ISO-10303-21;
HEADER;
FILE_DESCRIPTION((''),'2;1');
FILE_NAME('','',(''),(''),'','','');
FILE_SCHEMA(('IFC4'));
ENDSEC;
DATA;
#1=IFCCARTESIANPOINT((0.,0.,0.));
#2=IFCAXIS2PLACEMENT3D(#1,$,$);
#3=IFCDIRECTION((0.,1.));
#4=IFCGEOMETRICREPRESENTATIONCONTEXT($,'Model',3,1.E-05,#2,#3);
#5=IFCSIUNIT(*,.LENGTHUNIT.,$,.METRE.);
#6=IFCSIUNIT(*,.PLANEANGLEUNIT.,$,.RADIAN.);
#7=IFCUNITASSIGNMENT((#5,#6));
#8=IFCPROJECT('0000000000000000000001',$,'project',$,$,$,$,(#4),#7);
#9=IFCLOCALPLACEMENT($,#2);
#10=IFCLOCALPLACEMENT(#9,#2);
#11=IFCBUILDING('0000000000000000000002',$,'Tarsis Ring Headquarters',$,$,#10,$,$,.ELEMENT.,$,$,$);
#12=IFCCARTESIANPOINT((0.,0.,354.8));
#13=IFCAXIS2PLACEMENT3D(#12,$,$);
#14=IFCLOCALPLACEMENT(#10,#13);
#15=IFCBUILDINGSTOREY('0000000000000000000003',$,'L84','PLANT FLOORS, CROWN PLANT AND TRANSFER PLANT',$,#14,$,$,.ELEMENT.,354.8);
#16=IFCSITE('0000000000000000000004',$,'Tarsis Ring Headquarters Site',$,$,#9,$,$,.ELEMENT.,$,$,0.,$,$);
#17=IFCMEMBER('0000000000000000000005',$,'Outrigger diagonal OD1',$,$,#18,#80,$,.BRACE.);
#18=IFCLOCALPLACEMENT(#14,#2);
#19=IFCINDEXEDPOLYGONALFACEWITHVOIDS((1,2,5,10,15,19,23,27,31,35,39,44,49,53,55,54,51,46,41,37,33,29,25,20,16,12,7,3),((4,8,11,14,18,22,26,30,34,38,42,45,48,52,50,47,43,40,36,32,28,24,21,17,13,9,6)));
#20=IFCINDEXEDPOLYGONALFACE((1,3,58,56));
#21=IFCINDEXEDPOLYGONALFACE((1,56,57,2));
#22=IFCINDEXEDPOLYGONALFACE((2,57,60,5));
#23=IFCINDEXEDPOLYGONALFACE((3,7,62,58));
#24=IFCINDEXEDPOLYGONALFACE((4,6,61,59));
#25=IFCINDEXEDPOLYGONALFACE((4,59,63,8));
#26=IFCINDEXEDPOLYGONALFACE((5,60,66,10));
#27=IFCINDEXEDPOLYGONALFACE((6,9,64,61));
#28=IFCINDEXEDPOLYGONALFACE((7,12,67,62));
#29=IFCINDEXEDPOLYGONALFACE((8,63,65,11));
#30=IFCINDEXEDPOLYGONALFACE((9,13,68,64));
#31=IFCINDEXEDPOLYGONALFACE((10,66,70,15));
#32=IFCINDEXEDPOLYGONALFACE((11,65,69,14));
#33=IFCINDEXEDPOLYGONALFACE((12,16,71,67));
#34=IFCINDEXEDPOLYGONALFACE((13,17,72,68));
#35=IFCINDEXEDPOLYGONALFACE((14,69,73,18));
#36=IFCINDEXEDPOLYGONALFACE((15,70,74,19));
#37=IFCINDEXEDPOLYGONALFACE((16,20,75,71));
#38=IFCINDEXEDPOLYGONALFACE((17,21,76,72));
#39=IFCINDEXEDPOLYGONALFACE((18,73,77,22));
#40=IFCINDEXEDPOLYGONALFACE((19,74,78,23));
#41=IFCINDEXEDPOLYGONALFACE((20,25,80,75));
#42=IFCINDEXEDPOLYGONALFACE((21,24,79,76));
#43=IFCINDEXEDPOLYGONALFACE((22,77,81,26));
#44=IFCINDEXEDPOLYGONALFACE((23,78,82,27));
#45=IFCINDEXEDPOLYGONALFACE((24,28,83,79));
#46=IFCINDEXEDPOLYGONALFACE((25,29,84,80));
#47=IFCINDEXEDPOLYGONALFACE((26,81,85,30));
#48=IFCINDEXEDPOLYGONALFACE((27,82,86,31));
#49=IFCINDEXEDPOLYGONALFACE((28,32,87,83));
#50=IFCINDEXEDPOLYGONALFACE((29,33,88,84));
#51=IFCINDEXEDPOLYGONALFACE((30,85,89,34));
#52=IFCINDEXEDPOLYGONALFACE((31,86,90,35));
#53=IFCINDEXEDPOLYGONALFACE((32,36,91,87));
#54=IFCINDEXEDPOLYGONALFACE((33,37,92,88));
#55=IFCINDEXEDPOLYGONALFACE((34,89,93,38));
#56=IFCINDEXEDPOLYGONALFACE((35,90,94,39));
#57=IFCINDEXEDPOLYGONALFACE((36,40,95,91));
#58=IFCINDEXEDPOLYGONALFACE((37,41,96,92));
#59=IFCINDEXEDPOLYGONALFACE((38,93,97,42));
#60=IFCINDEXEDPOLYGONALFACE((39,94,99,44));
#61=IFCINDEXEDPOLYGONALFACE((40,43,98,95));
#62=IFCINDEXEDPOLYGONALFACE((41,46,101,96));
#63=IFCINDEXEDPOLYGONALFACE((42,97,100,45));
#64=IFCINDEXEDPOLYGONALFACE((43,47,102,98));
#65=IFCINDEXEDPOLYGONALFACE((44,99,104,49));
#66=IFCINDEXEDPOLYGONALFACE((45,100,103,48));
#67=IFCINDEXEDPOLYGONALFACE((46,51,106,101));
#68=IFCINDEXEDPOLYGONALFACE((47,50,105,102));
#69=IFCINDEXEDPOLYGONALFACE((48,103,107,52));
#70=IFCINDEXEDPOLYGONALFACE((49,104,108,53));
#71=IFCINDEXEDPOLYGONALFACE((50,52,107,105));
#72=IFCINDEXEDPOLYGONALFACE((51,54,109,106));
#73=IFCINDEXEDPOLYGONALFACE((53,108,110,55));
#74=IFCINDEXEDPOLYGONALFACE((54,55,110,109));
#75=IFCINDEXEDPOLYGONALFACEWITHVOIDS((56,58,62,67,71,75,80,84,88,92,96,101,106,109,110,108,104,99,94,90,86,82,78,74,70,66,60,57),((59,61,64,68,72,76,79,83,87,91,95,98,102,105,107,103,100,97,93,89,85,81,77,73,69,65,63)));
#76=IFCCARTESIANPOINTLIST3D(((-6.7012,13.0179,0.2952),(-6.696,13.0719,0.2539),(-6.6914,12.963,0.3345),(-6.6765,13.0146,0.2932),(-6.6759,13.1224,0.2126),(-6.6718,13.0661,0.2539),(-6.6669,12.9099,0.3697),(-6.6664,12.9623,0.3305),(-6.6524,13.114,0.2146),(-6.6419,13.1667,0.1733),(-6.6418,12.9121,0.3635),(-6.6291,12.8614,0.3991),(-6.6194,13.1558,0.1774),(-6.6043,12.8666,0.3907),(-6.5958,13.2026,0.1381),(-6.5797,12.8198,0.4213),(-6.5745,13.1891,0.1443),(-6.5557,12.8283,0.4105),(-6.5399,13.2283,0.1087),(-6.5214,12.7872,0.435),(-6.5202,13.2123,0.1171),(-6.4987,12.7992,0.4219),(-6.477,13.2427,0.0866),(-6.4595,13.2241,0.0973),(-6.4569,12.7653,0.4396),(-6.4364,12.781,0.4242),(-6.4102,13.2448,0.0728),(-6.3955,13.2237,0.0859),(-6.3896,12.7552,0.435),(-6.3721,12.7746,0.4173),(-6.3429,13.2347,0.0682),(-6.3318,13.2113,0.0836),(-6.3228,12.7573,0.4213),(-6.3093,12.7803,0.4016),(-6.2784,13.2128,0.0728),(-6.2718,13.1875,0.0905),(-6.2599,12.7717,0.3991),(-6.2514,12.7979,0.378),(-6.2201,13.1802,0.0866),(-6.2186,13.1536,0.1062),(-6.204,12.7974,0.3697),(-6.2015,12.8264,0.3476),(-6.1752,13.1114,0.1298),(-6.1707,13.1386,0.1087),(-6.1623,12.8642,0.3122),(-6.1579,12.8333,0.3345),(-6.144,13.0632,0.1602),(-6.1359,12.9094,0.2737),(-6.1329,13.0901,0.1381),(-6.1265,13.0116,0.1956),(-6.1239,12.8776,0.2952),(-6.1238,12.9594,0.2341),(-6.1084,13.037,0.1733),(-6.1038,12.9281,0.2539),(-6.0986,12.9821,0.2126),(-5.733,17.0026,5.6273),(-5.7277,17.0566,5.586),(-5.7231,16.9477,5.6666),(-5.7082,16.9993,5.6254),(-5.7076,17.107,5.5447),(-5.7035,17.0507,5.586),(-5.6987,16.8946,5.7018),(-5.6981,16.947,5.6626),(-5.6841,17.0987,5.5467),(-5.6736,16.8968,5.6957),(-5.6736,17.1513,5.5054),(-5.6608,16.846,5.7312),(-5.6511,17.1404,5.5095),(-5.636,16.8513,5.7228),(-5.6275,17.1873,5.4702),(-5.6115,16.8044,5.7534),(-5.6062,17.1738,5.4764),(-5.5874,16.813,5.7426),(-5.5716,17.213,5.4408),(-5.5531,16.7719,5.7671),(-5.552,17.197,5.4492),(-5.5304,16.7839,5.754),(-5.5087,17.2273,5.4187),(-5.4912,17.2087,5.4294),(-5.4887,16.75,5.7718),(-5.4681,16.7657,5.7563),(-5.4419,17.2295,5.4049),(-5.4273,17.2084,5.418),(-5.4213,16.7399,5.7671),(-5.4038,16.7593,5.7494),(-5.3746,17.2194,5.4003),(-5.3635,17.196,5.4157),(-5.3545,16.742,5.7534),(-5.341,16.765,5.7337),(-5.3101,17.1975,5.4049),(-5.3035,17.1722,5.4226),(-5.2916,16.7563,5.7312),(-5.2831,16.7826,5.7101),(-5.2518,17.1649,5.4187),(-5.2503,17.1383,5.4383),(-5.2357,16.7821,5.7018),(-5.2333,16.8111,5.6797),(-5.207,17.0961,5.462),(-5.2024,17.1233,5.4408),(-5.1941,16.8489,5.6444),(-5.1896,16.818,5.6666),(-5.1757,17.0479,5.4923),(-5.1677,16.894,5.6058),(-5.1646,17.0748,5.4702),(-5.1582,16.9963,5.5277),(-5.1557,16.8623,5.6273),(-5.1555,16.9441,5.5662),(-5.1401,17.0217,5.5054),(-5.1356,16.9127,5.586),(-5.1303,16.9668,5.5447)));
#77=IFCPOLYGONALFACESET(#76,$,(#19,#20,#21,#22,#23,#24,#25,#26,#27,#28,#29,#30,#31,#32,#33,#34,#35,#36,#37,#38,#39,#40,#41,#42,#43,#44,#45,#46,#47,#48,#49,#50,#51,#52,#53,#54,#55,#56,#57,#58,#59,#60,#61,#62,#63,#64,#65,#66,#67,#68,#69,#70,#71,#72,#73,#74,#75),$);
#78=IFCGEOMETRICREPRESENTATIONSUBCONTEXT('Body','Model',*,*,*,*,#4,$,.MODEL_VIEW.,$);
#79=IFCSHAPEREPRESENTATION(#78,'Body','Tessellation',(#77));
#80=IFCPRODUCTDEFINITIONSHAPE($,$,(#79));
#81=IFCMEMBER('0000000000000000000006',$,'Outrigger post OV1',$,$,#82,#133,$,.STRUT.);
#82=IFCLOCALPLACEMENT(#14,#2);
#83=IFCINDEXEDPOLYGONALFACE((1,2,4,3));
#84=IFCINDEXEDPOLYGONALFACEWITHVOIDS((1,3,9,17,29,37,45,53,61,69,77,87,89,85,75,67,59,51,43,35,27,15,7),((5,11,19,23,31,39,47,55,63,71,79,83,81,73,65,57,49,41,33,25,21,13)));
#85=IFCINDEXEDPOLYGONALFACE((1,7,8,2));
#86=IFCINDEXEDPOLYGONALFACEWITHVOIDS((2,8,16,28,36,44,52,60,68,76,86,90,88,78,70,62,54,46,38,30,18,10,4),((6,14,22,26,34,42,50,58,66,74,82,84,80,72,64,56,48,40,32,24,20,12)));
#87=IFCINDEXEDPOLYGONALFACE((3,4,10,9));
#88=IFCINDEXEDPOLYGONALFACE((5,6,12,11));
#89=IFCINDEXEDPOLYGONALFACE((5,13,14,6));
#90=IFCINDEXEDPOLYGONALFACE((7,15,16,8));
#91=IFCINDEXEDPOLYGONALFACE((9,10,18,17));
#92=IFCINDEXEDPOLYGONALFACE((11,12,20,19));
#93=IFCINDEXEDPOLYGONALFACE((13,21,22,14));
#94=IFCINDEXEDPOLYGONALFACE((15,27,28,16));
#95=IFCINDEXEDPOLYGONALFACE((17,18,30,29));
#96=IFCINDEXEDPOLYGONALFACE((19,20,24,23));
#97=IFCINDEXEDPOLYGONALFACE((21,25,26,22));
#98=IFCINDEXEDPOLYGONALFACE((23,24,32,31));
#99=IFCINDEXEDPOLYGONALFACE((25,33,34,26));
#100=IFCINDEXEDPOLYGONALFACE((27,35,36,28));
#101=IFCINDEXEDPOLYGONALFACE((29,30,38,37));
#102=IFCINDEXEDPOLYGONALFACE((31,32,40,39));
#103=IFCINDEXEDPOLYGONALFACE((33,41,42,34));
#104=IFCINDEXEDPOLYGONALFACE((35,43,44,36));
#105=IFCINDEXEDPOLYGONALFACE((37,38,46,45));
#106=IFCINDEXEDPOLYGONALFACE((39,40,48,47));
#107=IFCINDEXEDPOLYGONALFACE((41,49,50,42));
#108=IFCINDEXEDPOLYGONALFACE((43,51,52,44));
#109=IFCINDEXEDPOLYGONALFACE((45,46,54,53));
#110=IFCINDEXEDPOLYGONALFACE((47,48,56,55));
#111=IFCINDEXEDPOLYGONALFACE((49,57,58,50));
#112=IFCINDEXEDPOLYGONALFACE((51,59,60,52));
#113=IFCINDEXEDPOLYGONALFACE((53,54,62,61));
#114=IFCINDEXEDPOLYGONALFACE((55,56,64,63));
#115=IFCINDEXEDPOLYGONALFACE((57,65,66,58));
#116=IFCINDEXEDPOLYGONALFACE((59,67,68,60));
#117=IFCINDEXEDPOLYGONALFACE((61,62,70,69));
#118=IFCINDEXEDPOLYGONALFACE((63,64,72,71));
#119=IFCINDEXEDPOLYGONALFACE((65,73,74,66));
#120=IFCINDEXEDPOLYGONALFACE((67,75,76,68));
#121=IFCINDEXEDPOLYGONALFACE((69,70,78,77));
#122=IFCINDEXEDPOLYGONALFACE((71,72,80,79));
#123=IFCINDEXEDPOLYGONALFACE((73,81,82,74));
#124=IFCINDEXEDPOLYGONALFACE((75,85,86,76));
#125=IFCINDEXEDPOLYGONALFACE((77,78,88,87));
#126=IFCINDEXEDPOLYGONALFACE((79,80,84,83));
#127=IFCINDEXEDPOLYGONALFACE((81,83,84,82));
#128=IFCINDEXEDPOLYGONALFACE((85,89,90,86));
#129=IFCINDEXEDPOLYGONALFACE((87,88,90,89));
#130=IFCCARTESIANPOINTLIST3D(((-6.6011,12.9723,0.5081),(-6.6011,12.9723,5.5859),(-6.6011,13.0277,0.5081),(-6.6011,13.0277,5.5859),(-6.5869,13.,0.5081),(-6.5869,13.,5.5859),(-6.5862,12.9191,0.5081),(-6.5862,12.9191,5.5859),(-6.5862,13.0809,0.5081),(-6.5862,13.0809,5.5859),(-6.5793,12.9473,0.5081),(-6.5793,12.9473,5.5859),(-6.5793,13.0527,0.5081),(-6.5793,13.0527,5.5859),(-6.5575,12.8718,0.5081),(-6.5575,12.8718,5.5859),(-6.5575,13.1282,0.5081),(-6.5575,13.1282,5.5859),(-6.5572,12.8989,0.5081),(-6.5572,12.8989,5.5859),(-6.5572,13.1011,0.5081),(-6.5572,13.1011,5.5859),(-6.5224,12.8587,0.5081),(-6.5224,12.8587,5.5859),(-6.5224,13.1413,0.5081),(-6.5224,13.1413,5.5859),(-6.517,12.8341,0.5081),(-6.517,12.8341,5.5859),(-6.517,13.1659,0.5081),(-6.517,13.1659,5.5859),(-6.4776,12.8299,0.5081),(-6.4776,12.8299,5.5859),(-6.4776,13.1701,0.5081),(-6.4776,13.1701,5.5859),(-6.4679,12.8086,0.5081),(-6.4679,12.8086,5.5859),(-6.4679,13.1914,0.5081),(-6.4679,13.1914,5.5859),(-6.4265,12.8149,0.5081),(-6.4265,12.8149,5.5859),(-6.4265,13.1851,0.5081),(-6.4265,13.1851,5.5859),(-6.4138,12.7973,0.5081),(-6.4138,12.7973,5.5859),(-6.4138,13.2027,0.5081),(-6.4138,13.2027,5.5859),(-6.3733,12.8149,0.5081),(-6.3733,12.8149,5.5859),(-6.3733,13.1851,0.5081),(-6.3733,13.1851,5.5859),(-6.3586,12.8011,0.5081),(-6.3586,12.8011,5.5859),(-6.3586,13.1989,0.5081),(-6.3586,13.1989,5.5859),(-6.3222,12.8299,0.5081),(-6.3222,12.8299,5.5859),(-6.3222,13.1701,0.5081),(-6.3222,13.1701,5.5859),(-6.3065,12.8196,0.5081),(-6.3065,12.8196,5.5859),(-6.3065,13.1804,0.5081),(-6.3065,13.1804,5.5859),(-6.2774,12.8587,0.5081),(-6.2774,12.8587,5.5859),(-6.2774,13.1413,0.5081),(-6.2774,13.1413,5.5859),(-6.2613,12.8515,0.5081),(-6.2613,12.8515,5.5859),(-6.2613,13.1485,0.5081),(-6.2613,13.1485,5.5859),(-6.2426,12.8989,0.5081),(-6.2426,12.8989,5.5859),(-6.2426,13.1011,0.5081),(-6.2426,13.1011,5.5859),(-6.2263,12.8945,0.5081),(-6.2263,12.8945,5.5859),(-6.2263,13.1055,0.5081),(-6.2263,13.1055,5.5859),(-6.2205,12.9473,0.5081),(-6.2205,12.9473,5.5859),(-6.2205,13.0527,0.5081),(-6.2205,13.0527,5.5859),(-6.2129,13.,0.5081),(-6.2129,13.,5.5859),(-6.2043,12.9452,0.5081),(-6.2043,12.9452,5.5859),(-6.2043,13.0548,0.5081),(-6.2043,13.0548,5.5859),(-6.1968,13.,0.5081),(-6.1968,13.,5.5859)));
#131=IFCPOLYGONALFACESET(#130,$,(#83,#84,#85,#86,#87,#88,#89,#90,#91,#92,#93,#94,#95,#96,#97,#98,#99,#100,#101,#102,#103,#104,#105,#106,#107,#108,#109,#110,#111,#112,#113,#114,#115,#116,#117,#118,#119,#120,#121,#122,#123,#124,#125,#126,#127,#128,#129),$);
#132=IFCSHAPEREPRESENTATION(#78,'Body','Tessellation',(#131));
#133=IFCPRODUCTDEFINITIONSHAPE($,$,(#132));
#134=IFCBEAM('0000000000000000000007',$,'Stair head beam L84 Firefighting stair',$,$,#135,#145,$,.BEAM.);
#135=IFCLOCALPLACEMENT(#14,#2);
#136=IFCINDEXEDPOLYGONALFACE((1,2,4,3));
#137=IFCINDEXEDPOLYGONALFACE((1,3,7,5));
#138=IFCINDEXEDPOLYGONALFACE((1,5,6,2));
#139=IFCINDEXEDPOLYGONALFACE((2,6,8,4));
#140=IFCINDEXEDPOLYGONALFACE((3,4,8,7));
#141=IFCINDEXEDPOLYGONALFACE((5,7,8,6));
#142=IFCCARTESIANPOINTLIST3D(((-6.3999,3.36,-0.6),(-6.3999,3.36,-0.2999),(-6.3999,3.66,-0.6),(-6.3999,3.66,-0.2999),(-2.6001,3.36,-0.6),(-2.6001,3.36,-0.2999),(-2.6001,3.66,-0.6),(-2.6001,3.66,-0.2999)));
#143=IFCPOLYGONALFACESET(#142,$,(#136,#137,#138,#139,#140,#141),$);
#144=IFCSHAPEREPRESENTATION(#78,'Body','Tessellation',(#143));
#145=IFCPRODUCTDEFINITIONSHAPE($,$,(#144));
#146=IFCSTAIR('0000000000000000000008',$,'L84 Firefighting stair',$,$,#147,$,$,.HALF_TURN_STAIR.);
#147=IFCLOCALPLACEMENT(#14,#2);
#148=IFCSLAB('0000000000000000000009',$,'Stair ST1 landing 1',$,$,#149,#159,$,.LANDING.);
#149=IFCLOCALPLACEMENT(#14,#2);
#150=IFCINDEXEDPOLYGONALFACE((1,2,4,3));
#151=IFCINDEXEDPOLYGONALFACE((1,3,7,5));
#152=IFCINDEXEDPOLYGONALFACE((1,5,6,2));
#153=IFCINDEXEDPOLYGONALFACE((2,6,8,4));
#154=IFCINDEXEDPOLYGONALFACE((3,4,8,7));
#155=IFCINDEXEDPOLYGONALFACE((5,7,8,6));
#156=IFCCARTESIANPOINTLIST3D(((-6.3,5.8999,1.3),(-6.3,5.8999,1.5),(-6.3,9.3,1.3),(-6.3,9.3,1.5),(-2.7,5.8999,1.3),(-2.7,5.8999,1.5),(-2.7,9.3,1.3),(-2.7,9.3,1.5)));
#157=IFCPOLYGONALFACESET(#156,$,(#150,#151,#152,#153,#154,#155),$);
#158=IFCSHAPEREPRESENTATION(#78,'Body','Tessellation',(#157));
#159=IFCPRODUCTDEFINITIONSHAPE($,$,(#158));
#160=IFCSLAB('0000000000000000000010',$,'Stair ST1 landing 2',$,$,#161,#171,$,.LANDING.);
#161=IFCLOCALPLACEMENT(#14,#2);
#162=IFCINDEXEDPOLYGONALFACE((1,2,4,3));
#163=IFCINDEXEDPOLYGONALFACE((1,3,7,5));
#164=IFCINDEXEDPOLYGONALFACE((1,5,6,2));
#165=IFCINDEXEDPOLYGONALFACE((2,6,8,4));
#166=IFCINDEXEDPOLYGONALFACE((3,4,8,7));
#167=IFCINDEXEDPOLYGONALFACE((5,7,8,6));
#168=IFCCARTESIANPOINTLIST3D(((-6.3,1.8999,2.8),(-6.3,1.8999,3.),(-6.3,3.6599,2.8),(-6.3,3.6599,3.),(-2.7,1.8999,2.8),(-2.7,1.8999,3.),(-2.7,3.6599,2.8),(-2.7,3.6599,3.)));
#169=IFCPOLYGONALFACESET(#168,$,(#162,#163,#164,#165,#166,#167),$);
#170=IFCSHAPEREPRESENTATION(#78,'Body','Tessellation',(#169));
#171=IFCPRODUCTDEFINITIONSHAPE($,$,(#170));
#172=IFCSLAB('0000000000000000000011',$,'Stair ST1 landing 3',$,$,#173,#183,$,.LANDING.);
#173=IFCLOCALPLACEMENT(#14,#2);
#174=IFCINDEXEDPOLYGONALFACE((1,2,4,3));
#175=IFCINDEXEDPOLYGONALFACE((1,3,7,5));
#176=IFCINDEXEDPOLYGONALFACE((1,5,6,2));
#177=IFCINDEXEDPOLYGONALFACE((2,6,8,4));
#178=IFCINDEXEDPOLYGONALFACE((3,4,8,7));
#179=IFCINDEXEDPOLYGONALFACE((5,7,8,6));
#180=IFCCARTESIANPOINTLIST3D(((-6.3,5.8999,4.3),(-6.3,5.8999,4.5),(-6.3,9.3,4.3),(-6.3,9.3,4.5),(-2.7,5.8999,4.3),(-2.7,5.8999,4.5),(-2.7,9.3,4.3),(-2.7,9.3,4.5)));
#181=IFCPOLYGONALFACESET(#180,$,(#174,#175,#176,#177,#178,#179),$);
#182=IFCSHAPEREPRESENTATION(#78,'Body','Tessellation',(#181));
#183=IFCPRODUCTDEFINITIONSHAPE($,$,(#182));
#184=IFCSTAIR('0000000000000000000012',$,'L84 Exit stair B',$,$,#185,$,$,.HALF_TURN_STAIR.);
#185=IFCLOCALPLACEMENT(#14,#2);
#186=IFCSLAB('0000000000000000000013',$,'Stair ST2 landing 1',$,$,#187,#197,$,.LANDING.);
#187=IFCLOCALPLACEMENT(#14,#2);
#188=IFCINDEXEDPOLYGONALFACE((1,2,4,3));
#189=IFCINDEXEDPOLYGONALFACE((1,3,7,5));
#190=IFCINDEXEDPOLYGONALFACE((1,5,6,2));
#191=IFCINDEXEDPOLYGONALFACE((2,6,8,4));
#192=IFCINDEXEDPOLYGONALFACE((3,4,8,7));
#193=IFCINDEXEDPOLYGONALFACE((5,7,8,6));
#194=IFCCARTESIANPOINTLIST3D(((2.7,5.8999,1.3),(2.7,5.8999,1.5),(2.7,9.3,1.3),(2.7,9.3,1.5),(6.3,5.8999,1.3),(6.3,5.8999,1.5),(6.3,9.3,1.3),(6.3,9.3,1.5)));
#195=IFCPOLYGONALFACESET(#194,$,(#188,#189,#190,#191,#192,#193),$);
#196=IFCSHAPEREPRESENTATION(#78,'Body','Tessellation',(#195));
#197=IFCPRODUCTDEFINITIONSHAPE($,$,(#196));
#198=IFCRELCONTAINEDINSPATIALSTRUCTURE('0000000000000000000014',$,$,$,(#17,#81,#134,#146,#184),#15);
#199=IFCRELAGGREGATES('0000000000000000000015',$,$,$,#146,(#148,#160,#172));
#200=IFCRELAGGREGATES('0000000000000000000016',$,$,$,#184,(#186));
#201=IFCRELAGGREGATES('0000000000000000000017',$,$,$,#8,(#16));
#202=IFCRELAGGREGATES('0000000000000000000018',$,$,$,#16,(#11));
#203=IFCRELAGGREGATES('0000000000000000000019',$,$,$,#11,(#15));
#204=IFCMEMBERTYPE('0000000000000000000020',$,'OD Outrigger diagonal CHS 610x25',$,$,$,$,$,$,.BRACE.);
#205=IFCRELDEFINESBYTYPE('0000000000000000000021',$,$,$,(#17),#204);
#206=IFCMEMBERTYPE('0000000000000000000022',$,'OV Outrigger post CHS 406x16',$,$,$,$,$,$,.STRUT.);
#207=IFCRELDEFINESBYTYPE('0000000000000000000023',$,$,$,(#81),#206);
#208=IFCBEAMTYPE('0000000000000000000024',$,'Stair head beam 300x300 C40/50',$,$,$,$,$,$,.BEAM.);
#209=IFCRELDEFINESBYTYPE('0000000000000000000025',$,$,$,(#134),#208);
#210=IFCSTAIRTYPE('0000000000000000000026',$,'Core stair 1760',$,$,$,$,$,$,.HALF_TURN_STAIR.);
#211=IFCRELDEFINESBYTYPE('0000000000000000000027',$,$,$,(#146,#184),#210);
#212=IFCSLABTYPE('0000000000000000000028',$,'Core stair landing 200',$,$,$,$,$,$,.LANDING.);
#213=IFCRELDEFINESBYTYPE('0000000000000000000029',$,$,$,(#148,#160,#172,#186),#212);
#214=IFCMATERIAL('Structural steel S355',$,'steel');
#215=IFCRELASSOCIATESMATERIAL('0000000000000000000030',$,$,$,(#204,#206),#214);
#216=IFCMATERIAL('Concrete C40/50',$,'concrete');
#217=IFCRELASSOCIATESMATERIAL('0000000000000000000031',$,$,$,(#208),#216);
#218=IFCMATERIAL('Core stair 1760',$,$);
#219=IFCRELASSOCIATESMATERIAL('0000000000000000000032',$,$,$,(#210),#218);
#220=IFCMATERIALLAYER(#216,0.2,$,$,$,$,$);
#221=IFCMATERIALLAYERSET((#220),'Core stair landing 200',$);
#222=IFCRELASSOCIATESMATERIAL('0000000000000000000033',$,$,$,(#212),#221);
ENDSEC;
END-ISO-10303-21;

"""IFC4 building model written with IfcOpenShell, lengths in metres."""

from ifc_helpers import new_model, si_unit, direction, frame, origin, origin_2d, place, context, subcontext, project, spatial, polyline, rectangle, hollow_circle, outline, extrude, material, layer, layer_set, material_profile, profile_set, type_object, element, aggregate, save


model = new_model("IFC4")

# Units and contexts
model_context = context("Model", 3, precision=1e-05, world=origin(), true_north=direction((0.0, 1.0)))
body_context = subcontext(model_context, "Body", "Model", "MODEL_VIEW")
ifc_project = project(units=[si_unit("LENGTHUNIT", "METRE"), si_unit("PLANEANGLEUNIT", "RADIAN")], contexts=[model_context])

# Site, building, storey
site_placement = place(None, origin())
site = spatial("IfcSite", under=ifc_project, at=site_placement, Name="Tarsis Ring Headquarters Site", CompositionType="ELEMENT", RefElevation=0.0)
building_placement = place(site_placement, origin())
building = spatial("IfcBuilding", under=site, at=building_placement, Name="Tarsis Ring Headquarters", CompositionType="ELEMENT")
storey_placement = place(building_placement, frame((0.0, 0.0, 354.8)))
storey = spatial("IfcBuildingStorey", under=building, at=storey_placement, Name="L84", Description="PLANT FLOORS, CROWN PLANT AND TRANSFER PLANT", CompositionType="ELEMENT", Elevation=354.8)

# Members
ifc_material_1 = material(Name="Structural steel S355", Category="steel")
ifc_material_profile_1 = material_profile(ifc_material_1, hollow_circle(Radius=0.3047, WallThickness=0.0249, at=origin_2d()), Name="CHS 610x25")
ifc_profile_set_1 = profile_set([ifc_material_profile_1], Name="Structural steel S355")
member_type_1 = type_object("IfcMemberType", Name="OD Outrigger diagonal CHS 610x25", PredefinedType="BRACE", material=ifc_profile_set_1)
member_1_placement = place(storey_placement, frame((-6.3999, 13.0, 0.2539), z_axis=(0.143948, 0.59238, 0.792695), x_axis=(-0.971722, 0.236128, 0.0)))
element("IfcMember", 1, at=member_1_placement, inside=storey, type_object=member_type_1, Name="Outrigger diagonal OD1", PredefinedType="BRACE", context=body_context, shape_type="SweptSolid", body=[
    extrude(hollow_circle(Radius=0.3047, WallThickness=0.0249, at=origin_2d()), origin(), (0.0, 0.0, 1.0), 6.7266),
])
ifc_material_profile_2 = material_profile(ifc_material_1, hollow_circle(Radius=0.2031, WallThickness=0.0161, at=origin_2d()), Name="CHS 406x16")
ifc_profile_set_2 = profile_set([ifc_material_profile_2], Name="Structural steel S355")
member_type_2 = type_object("IfcMemberType", Name="OV Outrigger post CHS 406x16", PredefinedType="STRUT", material=ifc_profile_set_2)
member_2_placement = place(storey_placement, frame((-6.3999, 13.0, 0.5081), z_axis=(0.0, 0.0, 1.0), x_axis=(1.0, 0.0, 0.0)))
element("IfcMember", 2, at=member_2_placement, inside=storey, type_object=member_type_2, Name="Outrigger post OV1", PredefinedType="STRUT", context=body_context, shape_type="SweptSolid", body=[
    extrude(hollow_circle(Radius=0.2031, WallThickness=0.0161, at=origin_2d()), origin(), (0.0, 0.0, 1.0), 5.0779),
])

# Beam
ifc_material_2 = material(Name="Concrete C40/50", Category="concrete")
ifc_material_profile_3 = material_profile(ifc_material_2, rectangle(XDim=0.3, YDim=0.3, at=origin_2d()), Name="Stair head beam 300x300 C40/50")
ifc_profile_set_3 = profile_set([ifc_material_profile_3], Name="Concrete C40/50")
beam_type = type_object("IfcBeamType", Name="Stair head beam 300x300 C40/50", PredefinedType="BEAM", material=ifc_profile_set_3)
beam_placement = place(storey_placement, frame((-6.3999, 3.51, -0.45), z_axis=(1.0, 0.0, 0.0), x_axis=(0.0, 1.0, 0.0)))
element("IfcBeam", 3, at=beam_placement, inside=storey, type_object=beam_type, Name="Stair head beam L84 Firefighting stair", PredefinedType="BEAM", context=body_context, shape_type="SweptSolid", body=[
    extrude(rectangle(XDim=0.3, YDim=0.3, at=origin_2d()), origin(), (0.0, 0.0, 1.0), 3.7998),
])

# Stairs, slabs
ifc_material_3 = material(Name="Core stair 1760")
stair_type = type_object("IfcStairType", Name="Core stair 1760", PredefinedType="HALF_TURN_STAIR", material=ifc_material_3)
stair_1_placement = place(storey_placement, origin())
stair_1 = element("IfcStair", 4, at=stair_1_placement, inside=storey, type_object=stair_type, Name="L84 Firefighting stair", PredefinedType="HALF_TURN_STAIR")
ifc_layer_1 = layer(ifc_material_2, 0.2)
ifc_layer_set_1 = layer_set([ifc_layer_1], Name="Core stair landing 200")
slab_type_1 = type_object("IfcSlabType", Name="Core stair landing 200", PredefinedType="LANDING", material=ifc_layer_set_1)
slab_1_placement = place(storey_placement, frame((0.0, 0.0, 1.3)))
slab_1 = element("IfcSlab", 5, at=slab_1_placement, type_object=slab_type_1, Name="Stair ST1 landing 1", PredefinedType="LANDING", context=body_context, shape_type="SweptSolid", body=[
    extrude(outline(polyline([(-2.7, 5.8999), (-2.7, 9.3), (-6.3, 9.3), (-6.3, 5.8999), (-2.7, 5.8999)])), origin(), (0.0, 0.0, 1.0), 0.2),
])
slab_2_placement = place(storey_placement, frame((0.0, 0.0, 2.8)))
slab_2 = element("IfcSlab", 6, at=slab_2_placement, type_object=slab_type_1, Name="Stair ST1 landing 2", PredefinedType="LANDING", context=body_context, shape_type="SweptSolid", body=[
    extrude(outline(polyline([(-2.7, 1.8999), (-2.7, 3.6599), (-6.3, 3.6599), (-6.3, 1.8999), (-2.7, 1.8999)])), origin(), (0.0, 0.0, 1.0), 0.2),
])
slab_3_placement = place(storey_placement, frame((0.0, 0.0, 4.3)))
slab_3 = element("IfcSlab", 7, at=slab_3_placement, type_object=slab_type_1, Name="Stair ST1 landing 3", PredefinedType="LANDING", context=body_context, shape_type="SweptSolid", body=[
    extrude(outline(polyline([(-2.7, 5.8999), (-2.7, 9.3), (-6.3, 9.3), (-6.3, 5.8999), (-2.7, 5.8999)])), origin(), (0.0, 0.0, 1.0), 0.2),
])
aggregate(stair_1, [slab_1, slab_2, slab_3])
stair_2_placement = place(storey_placement, origin())
stair_2 = element("IfcStair", 8, at=stair_2_placement, inside=storey, type_object=stair_type, Name="L84 Exit stair B", PredefinedType="HALF_TURN_STAIR")
slab_4_placement = place(storey_placement, frame((0.0, 0.0, 1.3)))
slab_4 = element("IfcSlab", 9, at=slab_4_placement, type_object=slab_type_1, Name="Stair ST2 landing 1", PredefinedType="LANDING", context=body_context, shape_type="SweptSolid", body=[
    extrude(outline(polyline([(6.3, 5.8999), (6.3, 9.3), (2.7, 9.3), (2.7, 5.8999), (6.3, 5.8999)])), origin(), (0.0, 0.0, 1.0), 0.2),
])
aggregate(stair_2, [slab_4])

save(model, "model.ifc")
